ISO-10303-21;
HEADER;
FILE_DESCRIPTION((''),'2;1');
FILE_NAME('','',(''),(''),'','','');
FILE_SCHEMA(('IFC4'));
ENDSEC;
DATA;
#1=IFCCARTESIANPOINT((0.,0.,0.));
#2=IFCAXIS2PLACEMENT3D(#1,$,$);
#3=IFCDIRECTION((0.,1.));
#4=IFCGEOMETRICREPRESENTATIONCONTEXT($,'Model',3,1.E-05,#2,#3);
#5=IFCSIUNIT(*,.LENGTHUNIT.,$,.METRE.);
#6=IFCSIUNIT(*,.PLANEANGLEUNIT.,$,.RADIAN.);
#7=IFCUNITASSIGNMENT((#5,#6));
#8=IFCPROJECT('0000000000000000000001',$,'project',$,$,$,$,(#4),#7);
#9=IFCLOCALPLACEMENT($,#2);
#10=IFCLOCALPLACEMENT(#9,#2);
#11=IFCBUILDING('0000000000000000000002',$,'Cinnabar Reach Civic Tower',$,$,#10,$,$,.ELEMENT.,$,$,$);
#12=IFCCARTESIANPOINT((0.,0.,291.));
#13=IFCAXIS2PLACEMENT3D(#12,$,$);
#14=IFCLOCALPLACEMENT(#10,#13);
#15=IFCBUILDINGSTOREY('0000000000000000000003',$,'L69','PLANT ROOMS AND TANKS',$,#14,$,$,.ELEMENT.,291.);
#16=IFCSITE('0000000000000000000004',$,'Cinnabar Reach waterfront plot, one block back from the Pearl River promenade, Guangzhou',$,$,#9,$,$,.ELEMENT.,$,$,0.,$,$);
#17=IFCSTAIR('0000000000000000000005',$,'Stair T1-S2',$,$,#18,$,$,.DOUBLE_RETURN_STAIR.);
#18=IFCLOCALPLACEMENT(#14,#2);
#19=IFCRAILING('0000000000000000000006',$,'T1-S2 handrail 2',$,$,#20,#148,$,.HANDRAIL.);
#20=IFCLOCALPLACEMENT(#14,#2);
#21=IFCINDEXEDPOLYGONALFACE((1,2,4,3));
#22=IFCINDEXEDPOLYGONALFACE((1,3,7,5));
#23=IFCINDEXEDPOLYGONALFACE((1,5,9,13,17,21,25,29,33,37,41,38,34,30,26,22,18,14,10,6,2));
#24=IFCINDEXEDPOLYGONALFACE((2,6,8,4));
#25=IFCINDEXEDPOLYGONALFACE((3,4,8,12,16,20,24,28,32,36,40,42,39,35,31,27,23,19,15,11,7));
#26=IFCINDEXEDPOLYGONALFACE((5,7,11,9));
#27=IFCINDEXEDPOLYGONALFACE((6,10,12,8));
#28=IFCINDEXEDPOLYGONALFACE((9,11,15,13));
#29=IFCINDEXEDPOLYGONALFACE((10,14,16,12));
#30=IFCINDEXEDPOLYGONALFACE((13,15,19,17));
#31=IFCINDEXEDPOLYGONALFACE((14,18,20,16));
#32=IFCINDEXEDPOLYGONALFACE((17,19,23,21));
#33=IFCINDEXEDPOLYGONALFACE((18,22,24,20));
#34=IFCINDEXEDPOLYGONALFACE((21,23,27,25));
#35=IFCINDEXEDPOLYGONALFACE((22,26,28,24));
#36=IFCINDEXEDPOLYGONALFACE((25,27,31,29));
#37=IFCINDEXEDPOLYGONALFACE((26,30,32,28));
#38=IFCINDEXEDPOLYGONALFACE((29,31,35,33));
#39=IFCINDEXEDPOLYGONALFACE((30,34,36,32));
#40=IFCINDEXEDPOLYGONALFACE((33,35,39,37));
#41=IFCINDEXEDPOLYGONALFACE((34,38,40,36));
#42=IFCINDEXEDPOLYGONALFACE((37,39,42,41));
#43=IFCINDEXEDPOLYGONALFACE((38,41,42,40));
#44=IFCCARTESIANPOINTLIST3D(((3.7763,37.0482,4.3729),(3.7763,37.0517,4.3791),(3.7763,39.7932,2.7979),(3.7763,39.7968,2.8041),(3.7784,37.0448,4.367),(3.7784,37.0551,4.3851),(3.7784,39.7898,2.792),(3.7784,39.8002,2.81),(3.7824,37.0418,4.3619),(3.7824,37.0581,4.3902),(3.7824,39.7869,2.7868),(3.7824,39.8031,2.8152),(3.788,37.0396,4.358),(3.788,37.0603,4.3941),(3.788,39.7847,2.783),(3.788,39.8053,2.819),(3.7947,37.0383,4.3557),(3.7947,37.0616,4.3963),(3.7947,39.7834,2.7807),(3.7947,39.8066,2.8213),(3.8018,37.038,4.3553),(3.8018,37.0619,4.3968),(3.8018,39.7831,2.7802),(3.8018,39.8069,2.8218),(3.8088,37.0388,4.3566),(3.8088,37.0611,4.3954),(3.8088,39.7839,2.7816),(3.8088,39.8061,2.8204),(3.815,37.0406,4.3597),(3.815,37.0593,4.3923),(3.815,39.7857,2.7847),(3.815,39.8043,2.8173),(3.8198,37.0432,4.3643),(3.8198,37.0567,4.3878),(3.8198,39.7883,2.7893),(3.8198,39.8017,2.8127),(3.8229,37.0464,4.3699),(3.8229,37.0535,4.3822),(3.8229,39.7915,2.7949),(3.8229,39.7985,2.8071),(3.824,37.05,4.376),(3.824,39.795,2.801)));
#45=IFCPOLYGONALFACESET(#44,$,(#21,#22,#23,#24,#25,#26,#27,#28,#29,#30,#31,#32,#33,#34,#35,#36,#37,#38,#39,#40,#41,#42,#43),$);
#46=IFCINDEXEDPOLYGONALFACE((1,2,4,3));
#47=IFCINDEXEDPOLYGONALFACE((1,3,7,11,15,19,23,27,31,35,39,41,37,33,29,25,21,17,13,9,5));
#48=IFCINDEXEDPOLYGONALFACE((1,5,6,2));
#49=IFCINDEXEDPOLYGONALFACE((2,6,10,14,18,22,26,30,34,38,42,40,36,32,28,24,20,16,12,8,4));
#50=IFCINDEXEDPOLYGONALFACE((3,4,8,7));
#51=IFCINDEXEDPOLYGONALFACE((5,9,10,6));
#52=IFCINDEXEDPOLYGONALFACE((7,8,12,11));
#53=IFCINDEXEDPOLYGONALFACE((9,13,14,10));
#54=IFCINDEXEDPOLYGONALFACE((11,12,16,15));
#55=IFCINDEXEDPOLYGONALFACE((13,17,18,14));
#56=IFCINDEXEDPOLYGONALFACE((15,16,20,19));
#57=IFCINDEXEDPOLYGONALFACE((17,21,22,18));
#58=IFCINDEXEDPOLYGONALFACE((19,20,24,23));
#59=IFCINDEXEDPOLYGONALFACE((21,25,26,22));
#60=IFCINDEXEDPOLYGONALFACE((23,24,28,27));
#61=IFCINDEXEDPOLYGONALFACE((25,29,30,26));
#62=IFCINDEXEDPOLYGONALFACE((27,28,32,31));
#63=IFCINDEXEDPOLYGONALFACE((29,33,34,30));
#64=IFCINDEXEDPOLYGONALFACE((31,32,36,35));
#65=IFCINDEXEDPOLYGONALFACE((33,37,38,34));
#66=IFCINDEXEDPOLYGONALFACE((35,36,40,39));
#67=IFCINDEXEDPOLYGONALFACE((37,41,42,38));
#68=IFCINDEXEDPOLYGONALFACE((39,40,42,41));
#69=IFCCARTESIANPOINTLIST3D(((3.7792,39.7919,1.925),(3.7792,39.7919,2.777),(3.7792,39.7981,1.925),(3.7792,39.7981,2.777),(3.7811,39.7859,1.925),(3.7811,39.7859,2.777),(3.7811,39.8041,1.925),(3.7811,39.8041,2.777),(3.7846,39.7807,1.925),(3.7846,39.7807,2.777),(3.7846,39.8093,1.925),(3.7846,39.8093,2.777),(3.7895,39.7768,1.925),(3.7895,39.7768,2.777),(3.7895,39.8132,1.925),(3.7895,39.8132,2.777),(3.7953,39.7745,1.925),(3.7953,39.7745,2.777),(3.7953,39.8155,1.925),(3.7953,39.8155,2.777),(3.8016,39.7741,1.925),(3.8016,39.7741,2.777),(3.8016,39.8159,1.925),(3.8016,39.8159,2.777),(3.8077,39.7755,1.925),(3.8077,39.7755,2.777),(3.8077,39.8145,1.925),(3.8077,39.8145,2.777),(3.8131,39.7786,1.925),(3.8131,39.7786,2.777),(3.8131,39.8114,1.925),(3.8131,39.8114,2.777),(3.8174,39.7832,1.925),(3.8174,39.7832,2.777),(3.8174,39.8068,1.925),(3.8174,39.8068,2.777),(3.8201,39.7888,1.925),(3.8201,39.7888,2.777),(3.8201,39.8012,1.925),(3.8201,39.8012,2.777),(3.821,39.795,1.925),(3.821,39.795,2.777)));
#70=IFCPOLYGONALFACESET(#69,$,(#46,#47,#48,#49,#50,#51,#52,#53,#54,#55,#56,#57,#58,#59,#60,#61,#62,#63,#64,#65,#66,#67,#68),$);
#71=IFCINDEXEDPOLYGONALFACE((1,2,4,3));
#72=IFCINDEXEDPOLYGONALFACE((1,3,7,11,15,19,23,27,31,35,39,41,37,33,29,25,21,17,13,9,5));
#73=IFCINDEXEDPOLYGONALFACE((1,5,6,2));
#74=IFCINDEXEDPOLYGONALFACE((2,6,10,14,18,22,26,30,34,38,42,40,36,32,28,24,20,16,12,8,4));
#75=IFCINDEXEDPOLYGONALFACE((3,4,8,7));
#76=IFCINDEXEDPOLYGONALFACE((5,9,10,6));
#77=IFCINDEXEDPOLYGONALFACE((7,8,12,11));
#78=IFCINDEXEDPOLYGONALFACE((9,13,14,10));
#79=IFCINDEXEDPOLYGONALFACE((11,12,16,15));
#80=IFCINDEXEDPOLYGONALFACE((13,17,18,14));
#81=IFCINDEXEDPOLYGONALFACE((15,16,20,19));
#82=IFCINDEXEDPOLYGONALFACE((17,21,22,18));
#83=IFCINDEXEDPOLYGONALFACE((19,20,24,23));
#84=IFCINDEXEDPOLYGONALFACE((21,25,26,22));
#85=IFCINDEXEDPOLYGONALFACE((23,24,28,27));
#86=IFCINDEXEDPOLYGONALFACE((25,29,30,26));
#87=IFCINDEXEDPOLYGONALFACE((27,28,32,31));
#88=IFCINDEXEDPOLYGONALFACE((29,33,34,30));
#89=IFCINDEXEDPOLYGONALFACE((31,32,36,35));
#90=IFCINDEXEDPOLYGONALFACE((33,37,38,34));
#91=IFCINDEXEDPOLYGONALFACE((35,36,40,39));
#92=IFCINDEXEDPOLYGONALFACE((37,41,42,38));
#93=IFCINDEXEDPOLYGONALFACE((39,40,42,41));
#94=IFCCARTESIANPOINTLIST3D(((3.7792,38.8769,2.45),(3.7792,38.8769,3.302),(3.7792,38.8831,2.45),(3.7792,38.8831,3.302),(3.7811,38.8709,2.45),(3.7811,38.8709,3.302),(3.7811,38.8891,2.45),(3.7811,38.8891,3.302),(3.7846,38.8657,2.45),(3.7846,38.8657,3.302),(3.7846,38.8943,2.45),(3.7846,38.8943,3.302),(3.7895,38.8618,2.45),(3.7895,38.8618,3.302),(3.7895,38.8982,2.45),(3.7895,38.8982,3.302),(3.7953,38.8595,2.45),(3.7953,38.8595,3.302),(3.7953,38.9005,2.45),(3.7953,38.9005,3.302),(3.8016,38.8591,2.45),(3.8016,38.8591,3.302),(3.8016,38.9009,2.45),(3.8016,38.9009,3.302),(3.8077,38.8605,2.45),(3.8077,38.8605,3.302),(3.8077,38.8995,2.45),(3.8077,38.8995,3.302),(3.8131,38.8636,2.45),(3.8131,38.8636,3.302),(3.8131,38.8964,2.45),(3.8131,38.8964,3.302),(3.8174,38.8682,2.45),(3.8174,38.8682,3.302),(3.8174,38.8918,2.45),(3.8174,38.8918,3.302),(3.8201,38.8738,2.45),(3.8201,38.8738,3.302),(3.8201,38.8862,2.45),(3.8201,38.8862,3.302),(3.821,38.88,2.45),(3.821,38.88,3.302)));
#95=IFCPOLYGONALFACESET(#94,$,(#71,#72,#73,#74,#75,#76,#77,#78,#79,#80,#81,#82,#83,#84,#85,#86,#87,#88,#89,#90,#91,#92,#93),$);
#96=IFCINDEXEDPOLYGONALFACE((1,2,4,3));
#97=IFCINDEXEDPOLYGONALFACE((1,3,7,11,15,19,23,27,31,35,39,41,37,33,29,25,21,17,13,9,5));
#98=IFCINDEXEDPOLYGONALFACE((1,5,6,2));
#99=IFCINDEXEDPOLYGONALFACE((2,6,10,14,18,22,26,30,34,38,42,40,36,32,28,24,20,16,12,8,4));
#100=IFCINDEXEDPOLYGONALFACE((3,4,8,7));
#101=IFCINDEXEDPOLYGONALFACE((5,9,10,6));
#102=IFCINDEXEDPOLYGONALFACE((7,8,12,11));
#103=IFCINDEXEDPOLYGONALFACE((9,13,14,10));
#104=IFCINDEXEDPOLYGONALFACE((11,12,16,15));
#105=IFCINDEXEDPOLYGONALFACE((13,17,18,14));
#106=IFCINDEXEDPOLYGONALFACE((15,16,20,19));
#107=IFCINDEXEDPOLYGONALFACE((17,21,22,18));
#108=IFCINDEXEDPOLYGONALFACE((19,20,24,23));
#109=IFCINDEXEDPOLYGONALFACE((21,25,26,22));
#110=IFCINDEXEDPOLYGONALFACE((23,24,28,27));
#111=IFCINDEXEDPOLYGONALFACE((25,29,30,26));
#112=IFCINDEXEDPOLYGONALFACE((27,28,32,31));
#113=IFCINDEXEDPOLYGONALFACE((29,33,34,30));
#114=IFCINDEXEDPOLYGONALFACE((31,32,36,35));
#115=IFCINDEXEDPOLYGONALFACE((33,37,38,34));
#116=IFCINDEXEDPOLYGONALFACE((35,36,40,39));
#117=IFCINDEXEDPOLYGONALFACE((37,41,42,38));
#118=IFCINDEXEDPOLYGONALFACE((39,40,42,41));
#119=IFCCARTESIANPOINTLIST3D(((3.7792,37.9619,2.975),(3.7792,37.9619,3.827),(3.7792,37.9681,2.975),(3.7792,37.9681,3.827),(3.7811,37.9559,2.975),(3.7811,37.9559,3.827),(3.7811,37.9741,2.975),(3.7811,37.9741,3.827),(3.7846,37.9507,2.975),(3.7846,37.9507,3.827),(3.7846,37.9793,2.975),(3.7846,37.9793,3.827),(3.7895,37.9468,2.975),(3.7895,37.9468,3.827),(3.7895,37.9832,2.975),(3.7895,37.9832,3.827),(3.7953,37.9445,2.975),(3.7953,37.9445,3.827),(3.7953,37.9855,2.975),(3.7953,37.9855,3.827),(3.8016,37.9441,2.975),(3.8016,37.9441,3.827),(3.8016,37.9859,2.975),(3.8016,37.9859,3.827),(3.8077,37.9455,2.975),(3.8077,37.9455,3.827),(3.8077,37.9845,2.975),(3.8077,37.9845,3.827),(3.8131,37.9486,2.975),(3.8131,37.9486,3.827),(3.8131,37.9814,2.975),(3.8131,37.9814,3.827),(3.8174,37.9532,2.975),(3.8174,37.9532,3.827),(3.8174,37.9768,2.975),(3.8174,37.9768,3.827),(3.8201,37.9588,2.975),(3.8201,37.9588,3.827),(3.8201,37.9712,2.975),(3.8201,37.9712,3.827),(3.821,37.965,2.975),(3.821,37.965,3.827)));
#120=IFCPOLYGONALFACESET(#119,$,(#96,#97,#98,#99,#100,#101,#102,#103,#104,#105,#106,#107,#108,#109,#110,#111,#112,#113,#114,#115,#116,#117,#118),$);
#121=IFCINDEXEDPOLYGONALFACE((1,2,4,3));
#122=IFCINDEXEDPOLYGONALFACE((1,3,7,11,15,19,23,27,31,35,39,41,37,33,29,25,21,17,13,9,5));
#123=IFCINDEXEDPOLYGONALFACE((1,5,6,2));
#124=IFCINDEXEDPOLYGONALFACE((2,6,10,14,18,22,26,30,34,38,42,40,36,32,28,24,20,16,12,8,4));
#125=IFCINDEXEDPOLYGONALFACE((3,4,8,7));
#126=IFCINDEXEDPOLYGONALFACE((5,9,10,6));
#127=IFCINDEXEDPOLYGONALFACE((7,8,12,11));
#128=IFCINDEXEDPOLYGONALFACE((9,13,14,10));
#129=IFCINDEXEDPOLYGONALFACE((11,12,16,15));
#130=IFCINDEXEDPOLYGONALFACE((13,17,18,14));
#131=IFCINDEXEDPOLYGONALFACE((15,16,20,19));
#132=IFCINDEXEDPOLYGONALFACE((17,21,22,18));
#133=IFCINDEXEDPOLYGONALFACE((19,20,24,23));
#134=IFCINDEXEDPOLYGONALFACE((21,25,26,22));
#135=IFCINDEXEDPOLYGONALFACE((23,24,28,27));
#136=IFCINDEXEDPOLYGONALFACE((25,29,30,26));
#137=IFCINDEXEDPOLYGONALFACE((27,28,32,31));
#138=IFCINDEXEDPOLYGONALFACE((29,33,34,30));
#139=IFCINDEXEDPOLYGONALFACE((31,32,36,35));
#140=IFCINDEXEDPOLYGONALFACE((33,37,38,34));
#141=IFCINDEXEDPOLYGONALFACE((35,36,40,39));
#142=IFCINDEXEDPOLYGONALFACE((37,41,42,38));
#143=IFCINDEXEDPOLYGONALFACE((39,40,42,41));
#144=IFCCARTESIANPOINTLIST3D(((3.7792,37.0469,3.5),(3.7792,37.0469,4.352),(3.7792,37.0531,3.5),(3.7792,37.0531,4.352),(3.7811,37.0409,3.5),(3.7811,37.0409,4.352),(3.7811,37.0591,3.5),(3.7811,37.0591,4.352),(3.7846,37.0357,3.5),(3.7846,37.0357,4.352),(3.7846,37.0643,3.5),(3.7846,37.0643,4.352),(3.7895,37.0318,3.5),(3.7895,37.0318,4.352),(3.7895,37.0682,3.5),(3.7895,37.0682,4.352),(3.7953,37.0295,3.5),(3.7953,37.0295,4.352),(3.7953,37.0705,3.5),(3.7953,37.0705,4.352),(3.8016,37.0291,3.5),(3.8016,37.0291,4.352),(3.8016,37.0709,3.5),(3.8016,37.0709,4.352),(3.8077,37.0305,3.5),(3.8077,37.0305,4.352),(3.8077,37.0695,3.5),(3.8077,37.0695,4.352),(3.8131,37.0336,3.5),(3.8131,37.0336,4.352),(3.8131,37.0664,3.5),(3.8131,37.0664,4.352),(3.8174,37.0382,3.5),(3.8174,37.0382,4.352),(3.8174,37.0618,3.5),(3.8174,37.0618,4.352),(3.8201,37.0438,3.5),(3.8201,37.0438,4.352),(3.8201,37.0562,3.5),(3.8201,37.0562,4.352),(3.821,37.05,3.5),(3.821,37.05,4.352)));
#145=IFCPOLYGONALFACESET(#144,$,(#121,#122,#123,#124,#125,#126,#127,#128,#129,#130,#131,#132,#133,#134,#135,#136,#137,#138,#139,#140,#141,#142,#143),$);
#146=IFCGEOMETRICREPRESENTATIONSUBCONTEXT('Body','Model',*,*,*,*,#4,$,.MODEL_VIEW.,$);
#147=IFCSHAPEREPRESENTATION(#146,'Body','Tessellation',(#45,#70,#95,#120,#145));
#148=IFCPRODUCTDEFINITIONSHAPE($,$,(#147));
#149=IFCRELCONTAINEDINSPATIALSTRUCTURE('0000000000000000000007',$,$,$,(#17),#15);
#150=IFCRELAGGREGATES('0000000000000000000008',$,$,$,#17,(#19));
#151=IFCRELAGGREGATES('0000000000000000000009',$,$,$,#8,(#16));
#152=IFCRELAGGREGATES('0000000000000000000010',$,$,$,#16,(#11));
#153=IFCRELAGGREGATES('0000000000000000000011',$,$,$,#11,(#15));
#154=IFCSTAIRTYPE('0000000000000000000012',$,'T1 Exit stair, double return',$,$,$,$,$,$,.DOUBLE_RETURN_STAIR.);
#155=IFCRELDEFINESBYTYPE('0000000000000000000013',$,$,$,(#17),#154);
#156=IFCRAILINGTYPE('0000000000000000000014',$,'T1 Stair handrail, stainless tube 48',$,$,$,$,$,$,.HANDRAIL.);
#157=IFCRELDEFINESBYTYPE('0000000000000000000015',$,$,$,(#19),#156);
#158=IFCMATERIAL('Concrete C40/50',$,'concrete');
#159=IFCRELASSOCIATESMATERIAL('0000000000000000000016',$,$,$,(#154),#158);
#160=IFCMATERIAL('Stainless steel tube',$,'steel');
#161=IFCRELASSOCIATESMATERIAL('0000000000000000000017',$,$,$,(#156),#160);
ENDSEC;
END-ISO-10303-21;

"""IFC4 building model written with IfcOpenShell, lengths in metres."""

from ifc_helpers import new_model, si_unit, direction, frame, origin, origin_2d, place, context, subcontext, project, spatial, circle, extrude, material, type_object, element, aggregate, save


model = new_model("IFC4")

# Units and contexts
model_context = context("Model", 3, precision=1e-05, world=origin(), true_north=direction((0.0, 1.0)))
body_context = subcontext(model_context, "Body", "Model", "MODEL_VIEW")
ifc_project = project(units=[si_unit("LENGTHUNIT", "METRE"), si_unit("PLANEANGLEUNIT", "RADIAN")], contexts=[model_context])

# Site, building, storey
site_placement = place(None, origin())
site = spatial("IfcSite", under=ifc_project, at=site_placement, Name="Cinnabar Reach waterfront plot, one block back from the Pearl River promenade, Guangzhou", CompositionType="ELEMENT", RefElevation=0.0)
building_placement = place(site_placement, origin())
building = spatial("IfcBuilding", under=site, at=building_placement, Name="Cinnabar Reach Civic Tower", CompositionType="ELEMENT")
storey_placement = place(building_placement, frame((0.0, 0.0, 291.0)))
storey = spatial("IfcBuildingStorey", under=building, at=storey_placement, Name="L69", Description="PLANT ROOMS AND TANKS", CompositionType="ELEMENT", Elevation=291.0)

# Shared definitions
ifc_material_1 = material(Name="Concrete C40/50", Category="concrete")

# Stair, railing
stair_type = type_object("IfcStairType", Name="T1 Exit stair, double return", PredefinedType="DOUBLE_RETURN_STAIR", material=ifc_material_1)
stair_placement = place(storey_placement, origin())
stair = element("IfcStair", 1, at=stair_placement, inside=storey, type_object=stair_type, Name="Stair T1-S2", PredefinedType="DOUBLE_RETURN_STAIR")
ifc_material_2 = material(Name="Stainless steel tube", Category="steel")
railing_type = type_object("IfcRailingType", Name="T1 Stair handrail, stainless tube 48", PredefinedType="HANDRAIL", material=ifc_material_2)
railing_1_placement = place(storey_placement, frame((3.8, 39.795, 1.925)))
railing_1 = element("IfcRailing", 2, at=railing_1_placement, type_object=railing_type, Name="T1-S2 handrail 2", PredefinedType="HANDRAIL", context=body_context, shape_type="SweptSolid", body=[
    extrude(circle(Radius=0.024, at=origin_2d()), frame((0.0, 0.0, 0.876), z_axis=(0.0, -0.867367, 0.497669), x_axis=(1.0, 0.0, 0.0)), (0.0, 0.0, 1.0), 3.1648),
    extrude(circle(Radius=0.021, at=origin_2d()), origin(), (0.0, 0.0, 1.0), 0.852),
    extrude(circle(Radius=0.021, at=origin_2d()), frame((0.0, -0.915, 0.525)), (0.0, 0.0, 1.0), 0.852),
    extrude(circle(Radius=0.021, at=origin_2d()), frame((0.0, -1.83, 1.05)), (0.0, 0.0, 1.0), 0.852),
    extrude(circle(Radius=0.021, at=origin_2d()), frame((0.0, -2.745, 1.575)), (0.0, 0.0, 1.0), 0.852),
])
aggregate(stair, [railing_1])

save(model, "model.ifc")
